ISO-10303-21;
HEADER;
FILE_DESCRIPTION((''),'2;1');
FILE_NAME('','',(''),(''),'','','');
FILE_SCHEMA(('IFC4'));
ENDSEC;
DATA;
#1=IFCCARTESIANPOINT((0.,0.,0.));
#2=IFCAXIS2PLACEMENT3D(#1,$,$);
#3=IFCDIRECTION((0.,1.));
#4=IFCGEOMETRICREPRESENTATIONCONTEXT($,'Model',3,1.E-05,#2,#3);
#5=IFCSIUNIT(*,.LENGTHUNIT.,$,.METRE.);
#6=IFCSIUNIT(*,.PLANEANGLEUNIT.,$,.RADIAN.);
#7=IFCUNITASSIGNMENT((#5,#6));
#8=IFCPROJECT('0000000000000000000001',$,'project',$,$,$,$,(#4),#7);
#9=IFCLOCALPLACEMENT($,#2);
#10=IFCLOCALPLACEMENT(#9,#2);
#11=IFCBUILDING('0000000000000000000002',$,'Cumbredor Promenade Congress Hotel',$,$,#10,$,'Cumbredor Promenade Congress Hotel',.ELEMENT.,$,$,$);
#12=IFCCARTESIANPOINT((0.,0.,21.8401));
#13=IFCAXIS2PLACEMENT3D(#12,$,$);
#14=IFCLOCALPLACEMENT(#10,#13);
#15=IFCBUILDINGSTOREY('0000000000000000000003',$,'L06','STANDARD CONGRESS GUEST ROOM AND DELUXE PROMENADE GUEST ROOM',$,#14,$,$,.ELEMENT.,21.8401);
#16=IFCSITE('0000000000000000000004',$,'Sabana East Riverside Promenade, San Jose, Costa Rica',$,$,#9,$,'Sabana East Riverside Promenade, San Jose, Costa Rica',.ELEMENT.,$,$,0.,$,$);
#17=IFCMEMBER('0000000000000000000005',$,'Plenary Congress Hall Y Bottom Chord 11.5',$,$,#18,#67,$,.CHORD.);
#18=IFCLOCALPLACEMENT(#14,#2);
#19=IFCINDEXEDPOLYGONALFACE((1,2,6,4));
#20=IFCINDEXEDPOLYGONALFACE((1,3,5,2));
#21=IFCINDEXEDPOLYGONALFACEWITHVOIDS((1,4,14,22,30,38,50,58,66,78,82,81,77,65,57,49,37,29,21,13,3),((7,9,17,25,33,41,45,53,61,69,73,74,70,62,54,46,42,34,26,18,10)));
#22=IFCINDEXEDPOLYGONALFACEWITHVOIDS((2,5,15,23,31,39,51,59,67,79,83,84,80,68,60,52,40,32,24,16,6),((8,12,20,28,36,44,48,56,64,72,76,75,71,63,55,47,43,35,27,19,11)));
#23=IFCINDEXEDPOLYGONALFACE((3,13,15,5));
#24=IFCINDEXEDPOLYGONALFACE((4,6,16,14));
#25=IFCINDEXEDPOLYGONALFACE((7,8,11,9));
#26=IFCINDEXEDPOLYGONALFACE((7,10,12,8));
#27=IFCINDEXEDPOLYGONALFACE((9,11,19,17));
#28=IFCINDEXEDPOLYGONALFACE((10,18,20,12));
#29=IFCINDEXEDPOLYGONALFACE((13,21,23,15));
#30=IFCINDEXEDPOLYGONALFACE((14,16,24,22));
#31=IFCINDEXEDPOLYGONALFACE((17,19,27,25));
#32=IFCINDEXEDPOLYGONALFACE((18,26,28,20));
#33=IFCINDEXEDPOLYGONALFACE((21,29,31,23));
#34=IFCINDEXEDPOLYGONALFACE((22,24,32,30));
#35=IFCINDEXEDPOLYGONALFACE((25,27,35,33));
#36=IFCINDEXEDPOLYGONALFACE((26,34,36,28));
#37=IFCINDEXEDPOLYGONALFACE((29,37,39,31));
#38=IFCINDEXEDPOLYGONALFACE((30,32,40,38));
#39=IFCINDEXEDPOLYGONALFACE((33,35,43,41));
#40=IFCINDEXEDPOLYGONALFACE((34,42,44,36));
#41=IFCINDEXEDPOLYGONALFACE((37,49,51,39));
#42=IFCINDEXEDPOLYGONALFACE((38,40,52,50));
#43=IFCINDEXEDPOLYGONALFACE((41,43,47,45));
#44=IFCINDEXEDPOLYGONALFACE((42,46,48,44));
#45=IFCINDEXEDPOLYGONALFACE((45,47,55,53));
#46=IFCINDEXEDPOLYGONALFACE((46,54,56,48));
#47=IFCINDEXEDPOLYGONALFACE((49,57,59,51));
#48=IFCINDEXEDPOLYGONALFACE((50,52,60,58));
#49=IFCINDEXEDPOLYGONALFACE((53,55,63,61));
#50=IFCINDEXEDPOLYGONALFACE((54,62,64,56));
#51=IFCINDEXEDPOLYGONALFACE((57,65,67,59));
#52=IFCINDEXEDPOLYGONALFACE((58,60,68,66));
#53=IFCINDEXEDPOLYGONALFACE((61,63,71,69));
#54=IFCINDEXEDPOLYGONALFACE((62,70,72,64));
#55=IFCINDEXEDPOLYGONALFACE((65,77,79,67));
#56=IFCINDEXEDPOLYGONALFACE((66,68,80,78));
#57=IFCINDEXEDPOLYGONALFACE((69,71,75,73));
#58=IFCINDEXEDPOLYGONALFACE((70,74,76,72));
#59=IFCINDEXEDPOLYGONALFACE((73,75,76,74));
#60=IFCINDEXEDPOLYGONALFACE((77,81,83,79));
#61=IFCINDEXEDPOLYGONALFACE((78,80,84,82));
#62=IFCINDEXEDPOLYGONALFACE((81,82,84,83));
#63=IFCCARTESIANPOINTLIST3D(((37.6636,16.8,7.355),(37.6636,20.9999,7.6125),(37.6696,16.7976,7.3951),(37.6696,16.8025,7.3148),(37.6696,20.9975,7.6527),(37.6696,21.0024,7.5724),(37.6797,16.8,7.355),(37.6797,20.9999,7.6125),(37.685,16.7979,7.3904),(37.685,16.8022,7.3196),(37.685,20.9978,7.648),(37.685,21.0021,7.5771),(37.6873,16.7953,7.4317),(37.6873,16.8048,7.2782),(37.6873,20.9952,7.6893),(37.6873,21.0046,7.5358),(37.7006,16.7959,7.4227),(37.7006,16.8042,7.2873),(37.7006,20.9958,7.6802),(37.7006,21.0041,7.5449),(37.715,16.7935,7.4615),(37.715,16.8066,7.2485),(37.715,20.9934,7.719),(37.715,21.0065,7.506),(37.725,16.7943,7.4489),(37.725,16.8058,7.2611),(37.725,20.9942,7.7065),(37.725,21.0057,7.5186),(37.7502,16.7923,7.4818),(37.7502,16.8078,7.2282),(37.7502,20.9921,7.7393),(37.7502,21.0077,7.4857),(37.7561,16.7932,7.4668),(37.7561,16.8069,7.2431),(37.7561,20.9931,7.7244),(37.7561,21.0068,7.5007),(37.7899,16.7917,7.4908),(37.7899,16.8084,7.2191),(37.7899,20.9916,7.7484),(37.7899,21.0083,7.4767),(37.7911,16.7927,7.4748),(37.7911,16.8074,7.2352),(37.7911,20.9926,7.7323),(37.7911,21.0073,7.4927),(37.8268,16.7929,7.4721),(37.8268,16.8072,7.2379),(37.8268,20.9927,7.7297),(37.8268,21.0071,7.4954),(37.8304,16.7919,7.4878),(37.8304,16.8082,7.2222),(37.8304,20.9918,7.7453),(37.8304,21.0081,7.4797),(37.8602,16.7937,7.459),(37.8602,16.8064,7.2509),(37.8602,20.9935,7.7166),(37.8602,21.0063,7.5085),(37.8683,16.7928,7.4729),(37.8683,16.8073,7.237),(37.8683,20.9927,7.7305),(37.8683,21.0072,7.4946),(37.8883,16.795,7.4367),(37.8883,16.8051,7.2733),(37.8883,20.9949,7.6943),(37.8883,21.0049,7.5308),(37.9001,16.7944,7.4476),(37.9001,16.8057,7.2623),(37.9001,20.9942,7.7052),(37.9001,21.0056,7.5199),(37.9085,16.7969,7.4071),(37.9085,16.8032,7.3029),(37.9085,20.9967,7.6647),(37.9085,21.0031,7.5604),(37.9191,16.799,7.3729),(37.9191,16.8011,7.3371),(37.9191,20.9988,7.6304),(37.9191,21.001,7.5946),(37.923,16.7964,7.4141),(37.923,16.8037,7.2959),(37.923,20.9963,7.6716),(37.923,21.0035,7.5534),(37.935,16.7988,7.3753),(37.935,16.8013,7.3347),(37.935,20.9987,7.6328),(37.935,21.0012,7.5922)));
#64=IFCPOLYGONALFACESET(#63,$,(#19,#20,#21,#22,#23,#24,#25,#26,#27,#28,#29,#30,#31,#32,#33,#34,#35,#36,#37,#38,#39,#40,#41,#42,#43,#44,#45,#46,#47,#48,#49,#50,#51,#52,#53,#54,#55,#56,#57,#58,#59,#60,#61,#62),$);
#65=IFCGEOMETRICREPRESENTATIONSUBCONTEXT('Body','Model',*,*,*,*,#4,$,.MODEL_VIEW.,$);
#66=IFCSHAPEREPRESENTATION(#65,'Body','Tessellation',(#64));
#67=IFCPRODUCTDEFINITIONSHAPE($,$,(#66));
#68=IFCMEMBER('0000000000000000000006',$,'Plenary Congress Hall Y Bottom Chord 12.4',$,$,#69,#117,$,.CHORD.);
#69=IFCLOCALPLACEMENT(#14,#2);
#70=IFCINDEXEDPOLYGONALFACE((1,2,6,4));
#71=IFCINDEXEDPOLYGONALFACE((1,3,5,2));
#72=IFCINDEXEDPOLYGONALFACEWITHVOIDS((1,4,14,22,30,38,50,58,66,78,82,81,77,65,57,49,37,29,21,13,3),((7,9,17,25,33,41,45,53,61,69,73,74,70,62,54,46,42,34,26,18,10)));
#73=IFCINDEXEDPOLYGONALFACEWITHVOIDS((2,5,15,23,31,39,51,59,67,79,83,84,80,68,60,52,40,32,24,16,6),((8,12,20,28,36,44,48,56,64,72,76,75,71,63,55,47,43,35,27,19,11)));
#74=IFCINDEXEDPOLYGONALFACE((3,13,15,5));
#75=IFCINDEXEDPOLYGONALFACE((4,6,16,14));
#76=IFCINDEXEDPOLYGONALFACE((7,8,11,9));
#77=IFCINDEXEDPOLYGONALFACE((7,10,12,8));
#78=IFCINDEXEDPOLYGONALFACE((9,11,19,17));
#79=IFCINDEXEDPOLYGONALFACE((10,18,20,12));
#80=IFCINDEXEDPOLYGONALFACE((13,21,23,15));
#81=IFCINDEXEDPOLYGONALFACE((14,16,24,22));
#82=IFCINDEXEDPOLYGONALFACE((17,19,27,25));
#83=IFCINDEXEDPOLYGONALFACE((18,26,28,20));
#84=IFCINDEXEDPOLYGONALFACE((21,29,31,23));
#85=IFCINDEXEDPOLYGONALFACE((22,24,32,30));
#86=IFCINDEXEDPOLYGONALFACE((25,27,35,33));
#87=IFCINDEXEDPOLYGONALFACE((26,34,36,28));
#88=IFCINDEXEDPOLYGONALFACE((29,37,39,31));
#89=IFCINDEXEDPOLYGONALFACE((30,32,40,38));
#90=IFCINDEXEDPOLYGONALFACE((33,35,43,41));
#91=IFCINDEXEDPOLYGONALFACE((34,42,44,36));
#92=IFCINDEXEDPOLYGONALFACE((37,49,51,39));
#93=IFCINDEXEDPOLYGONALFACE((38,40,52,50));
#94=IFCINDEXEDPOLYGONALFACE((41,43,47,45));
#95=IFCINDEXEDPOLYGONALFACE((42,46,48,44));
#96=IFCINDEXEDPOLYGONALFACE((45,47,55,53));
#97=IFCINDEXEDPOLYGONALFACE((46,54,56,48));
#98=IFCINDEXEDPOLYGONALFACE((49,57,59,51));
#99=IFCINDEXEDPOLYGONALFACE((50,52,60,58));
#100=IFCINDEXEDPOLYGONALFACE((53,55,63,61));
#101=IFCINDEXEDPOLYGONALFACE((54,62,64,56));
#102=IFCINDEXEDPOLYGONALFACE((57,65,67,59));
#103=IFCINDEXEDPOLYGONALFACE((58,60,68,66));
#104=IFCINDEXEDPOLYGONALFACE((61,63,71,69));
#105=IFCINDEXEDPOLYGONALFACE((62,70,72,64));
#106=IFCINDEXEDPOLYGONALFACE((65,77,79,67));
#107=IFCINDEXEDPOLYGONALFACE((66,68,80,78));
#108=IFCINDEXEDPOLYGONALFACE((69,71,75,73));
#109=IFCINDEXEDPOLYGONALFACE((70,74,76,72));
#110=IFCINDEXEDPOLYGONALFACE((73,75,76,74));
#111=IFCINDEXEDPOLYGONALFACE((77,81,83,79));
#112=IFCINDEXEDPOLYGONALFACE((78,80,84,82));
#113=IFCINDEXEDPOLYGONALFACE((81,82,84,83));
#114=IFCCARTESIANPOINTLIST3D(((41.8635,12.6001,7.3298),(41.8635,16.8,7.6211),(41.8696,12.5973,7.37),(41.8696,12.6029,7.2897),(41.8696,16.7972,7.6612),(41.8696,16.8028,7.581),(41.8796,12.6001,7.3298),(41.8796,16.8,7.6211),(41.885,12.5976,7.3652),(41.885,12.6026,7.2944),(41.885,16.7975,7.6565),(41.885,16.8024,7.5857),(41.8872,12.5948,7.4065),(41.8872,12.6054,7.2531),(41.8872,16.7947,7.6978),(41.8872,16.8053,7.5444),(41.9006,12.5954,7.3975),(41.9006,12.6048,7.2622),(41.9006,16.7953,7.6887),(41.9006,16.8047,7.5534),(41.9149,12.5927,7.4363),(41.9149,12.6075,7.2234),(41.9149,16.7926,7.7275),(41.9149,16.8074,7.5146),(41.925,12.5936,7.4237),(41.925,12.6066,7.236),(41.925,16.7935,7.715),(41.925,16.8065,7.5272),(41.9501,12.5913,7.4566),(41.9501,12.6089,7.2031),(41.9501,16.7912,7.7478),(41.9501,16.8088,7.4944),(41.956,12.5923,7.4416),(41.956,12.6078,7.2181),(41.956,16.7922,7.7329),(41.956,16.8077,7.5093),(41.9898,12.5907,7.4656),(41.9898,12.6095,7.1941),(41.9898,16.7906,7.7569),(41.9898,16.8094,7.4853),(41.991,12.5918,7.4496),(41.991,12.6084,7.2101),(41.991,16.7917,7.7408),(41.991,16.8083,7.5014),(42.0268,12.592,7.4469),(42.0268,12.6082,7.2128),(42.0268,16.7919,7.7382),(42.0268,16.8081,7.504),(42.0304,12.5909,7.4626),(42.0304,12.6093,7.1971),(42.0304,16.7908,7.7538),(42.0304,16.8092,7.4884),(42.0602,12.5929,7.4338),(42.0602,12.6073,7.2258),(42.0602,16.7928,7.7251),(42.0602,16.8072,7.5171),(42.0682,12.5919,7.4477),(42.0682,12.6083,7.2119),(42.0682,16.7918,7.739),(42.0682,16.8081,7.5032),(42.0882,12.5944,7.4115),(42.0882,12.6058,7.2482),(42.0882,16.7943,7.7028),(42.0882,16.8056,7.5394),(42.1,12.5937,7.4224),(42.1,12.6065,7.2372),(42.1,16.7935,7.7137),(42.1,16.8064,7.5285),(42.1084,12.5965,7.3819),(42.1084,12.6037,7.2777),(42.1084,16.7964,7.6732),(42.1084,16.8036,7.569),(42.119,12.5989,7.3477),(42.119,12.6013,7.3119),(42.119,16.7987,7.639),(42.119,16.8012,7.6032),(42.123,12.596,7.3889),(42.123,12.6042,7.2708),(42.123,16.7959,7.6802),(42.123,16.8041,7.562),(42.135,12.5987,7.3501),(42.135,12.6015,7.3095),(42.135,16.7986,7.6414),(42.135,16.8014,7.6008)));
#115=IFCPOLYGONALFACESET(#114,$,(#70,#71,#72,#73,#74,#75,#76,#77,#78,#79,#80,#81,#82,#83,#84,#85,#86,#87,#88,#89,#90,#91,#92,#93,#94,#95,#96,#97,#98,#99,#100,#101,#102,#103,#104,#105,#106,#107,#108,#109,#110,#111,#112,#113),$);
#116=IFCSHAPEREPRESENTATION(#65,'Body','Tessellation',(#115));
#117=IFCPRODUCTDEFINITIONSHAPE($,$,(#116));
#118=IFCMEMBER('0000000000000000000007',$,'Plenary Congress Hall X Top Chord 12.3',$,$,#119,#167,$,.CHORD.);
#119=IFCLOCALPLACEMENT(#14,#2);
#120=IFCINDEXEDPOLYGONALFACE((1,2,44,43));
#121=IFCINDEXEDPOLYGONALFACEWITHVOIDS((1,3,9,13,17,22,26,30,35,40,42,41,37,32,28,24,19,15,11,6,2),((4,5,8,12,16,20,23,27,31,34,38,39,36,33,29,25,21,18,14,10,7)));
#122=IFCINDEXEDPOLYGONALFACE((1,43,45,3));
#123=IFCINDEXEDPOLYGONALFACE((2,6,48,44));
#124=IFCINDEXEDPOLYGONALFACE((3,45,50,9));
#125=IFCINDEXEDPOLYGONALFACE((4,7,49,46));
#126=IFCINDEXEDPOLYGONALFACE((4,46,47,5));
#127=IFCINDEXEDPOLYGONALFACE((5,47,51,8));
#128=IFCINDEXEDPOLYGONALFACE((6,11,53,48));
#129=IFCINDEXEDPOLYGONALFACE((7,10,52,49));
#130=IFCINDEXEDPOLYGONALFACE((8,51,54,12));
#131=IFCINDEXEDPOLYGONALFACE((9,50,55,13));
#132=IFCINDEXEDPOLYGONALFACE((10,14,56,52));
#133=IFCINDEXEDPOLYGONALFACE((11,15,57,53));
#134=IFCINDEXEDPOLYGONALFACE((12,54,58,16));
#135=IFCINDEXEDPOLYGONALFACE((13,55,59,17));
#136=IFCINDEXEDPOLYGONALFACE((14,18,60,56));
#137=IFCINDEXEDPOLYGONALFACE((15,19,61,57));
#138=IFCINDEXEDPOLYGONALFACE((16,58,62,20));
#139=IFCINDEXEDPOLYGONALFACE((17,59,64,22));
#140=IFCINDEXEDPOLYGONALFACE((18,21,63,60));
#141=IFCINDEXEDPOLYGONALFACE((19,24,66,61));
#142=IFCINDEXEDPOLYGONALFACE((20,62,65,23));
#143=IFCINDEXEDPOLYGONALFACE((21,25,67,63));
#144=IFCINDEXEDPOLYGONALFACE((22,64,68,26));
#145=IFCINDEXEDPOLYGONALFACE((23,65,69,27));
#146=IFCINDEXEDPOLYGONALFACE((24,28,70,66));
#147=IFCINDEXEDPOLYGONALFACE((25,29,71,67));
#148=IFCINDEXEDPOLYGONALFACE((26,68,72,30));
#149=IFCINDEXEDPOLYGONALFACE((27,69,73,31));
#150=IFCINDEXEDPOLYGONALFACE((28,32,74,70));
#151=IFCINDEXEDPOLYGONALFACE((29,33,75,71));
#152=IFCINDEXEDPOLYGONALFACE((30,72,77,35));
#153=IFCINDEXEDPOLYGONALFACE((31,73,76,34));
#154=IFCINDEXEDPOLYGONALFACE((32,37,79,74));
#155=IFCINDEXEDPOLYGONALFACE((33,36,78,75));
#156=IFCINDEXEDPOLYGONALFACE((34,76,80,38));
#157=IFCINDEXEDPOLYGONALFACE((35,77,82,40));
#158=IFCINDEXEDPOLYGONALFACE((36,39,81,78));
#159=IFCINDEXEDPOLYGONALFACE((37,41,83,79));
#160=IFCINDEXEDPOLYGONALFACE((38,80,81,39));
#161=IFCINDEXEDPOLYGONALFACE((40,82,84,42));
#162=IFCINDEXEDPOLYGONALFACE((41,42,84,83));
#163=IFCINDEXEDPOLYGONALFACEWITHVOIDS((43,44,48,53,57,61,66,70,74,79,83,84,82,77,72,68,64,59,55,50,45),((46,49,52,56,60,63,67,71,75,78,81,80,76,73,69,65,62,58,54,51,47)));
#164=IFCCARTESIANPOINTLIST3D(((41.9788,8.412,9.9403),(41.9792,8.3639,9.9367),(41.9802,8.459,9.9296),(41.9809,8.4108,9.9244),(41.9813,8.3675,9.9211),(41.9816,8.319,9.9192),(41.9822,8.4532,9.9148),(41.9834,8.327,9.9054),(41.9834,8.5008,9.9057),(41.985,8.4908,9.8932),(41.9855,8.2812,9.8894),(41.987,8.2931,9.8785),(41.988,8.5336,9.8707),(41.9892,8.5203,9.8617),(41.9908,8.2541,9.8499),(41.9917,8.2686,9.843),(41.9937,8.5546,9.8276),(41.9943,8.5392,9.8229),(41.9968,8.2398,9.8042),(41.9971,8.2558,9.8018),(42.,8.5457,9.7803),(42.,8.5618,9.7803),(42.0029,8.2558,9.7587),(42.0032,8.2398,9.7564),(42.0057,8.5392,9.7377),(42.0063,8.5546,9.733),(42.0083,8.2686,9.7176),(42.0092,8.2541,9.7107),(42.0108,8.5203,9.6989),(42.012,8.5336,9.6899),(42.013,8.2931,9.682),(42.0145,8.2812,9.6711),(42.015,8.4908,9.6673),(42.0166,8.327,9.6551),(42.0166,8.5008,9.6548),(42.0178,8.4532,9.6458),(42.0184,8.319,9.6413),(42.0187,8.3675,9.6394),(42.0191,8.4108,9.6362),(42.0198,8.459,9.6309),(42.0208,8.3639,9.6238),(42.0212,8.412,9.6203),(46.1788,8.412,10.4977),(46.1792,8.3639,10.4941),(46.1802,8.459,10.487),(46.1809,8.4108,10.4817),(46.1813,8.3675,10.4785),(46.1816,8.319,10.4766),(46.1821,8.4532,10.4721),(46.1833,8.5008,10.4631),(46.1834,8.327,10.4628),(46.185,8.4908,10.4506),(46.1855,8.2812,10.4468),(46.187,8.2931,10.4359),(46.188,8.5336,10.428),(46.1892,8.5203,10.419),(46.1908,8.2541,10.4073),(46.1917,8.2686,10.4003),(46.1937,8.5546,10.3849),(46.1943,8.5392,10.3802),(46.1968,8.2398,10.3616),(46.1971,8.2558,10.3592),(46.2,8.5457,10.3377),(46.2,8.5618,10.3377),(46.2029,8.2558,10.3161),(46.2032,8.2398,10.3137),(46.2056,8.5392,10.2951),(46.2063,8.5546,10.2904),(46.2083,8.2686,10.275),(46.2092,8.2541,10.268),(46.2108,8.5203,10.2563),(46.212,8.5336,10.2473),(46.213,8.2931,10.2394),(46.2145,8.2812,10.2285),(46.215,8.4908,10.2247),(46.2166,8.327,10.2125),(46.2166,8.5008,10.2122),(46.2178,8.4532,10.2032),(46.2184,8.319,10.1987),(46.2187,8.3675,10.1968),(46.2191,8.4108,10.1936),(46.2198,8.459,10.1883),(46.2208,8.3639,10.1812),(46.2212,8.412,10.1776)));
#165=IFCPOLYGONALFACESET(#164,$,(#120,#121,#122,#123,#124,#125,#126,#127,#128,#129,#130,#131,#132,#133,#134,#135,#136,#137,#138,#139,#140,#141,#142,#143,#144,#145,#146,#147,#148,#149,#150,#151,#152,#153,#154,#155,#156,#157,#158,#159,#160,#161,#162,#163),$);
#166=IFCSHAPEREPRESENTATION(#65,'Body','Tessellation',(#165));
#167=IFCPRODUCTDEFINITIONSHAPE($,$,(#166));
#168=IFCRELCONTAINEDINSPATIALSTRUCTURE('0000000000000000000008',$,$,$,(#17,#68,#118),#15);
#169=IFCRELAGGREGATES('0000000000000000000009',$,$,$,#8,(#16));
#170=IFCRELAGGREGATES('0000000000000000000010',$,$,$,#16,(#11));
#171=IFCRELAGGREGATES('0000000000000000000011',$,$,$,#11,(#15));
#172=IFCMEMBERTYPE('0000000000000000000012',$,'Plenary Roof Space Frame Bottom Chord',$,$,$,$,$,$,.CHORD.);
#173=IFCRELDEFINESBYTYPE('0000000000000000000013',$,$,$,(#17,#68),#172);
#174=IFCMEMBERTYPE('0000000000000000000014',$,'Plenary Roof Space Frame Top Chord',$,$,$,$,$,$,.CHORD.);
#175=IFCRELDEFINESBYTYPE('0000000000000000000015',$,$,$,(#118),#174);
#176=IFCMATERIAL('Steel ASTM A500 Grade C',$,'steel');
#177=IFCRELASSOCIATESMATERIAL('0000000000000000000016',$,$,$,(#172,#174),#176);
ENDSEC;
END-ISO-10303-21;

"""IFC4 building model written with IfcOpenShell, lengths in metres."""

from ifc_helpers import new_model, si_unit, direction, frame, origin, origin_2d, place, context, subcontext, project, spatial, hollow_circle, extrude, material, material_profile, profile_set, type_object, element, save


model = new_model("IFC4")

# Units and contexts
model_context = context("Model", 3, precision=1e-05, world=origin(), true_north=direction((0.0, 1.0)))
body_context = subcontext(model_context, "Body", "Model", "MODEL_VIEW")
ifc_project = project(units=[si_unit("LENGTHUNIT", "METRE"), si_unit("PLANEANGLEUNIT", "RADIAN")], contexts=[model_context])

# Site, building, storey
site_placement = place(None, origin())
site = spatial("IfcSite", under=ifc_project, at=site_placement, Name="Sabana East Riverside Promenade, San Jose, Costa Rica", LongName="Sabana East Riverside Promenade, San Jose, Costa Rica", CompositionType="ELEMENT", RefElevation=0.0)
building_placement = place(site_placement, origin())
building = spatial("IfcBuilding", under=site, at=building_placement, Name="Cumbredor Promenade Congress Hotel", LongName="Cumbredor Promenade Congress Hotel", CompositionType="ELEMENT")
storey_placement = place(building_placement, frame((0.0, 0.0, 21.8401)))
storey = spatial("IfcBuildingStorey", under=building, at=storey_placement, Name="L06", Description="STANDARD CONGRESS GUEST ROOM AND DELUXE PROMENADE GUEST ROOM", CompositionType="ELEMENT", Elevation=21.8401)

# Members
ifc_material_1 = material(Name="Steel ASTM A500 Grade C", Category="steel")
ifc_material_profile_1 = material_profile(ifc_material_1, hollow_circle(Radius=0.1365, WallThickness=0.0161, at=origin_2d()), Name="CHS 273.0x16")
ifc_profile_set_1 = profile_set([ifc_material_profile_1], Name="Steel ASTM A500 Grade C")
member_type_1 = type_object("IfcMemberType", Name="Plenary Roof Space Frame Bottom Chord", PredefinedType="CHORD", material=ifc_profile_set_1)
member_1_placement = place(storey_placement, frame((37.8, 16.8, 7.355), z_axis=(0.0, 0.998125, 0.061212), x_axis=(-1.0, 0.0, 0.0)))
element("IfcMember", 1, at=member_1_placement, inside=storey, type_object=member_type_1, Name="Plenary Congress Hall Y Bottom Chord 11.5", PredefinedType="CHORD", context=body_context, shape_type="SweptSolid", body=[
    extrude(hollow_circle(Radius=0.1365, WallThickness=0.0161, at=origin_2d()), origin(), (0.0, 0.0, 1.0), 4.2078),
])
member_2_placement = place(storey_placement, frame((42.0, 12.6001, 7.3298), z_axis=(0.0, 0.997604, 0.069182), x_axis=(-1.0, 0.0, 0.0)))
element("IfcMember", 2, at=member_2_placement, inside=storey, type_object=member_type_1, Name="Plenary Congress Hall Y Bottom Chord 12.4", PredefinedType="CHORD", context=body_context, shape_type="SweptSolid", body=[
    extrude(hollow_circle(Radius=0.1365, WallThickness=0.0161, at=origin_2d()), origin(), (0.0, 0.0, 1.0), 4.21),
])
ifc_material_profile_2 = material_profile(ifc_material_1, hollow_circle(Radius=0.1619, WallThickness=0.0161, at=origin_2d()), Name="CHS 323.9x16")
ifc_profile_set_2 = profile_set([ifc_material_profile_2], Name="Steel ASTM A500 Grade C")
member_type_2 = type_object("IfcMemberType", Name="Plenary Roof Space Frame Top Chord", PredefinedType="CHORD", material=ifc_profile_set_2)
member_3_placement = place(storey_placement, frame((42.0, 8.3999, 9.7803), z_axis=(0.991309, 0.0, 0.131556), x_axis=(0.0, 1.0, 0.0)))
element("IfcMember", 3, at=member_3_placement, inside=storey, type_object=member_type_2, Name="Plenary Congress Hall X Top Chord 12.3", PredefinedType="CHORD", context=body_context, shape_type="SweptSolid", body=[
    extrude(hollow_circle(Radius=0.1619, WallThickness=0.0161, at=origin_2d()), origin(), (0.0, 0.0, 1.0), 4.2368),
])

save(model, "model.ifc")
